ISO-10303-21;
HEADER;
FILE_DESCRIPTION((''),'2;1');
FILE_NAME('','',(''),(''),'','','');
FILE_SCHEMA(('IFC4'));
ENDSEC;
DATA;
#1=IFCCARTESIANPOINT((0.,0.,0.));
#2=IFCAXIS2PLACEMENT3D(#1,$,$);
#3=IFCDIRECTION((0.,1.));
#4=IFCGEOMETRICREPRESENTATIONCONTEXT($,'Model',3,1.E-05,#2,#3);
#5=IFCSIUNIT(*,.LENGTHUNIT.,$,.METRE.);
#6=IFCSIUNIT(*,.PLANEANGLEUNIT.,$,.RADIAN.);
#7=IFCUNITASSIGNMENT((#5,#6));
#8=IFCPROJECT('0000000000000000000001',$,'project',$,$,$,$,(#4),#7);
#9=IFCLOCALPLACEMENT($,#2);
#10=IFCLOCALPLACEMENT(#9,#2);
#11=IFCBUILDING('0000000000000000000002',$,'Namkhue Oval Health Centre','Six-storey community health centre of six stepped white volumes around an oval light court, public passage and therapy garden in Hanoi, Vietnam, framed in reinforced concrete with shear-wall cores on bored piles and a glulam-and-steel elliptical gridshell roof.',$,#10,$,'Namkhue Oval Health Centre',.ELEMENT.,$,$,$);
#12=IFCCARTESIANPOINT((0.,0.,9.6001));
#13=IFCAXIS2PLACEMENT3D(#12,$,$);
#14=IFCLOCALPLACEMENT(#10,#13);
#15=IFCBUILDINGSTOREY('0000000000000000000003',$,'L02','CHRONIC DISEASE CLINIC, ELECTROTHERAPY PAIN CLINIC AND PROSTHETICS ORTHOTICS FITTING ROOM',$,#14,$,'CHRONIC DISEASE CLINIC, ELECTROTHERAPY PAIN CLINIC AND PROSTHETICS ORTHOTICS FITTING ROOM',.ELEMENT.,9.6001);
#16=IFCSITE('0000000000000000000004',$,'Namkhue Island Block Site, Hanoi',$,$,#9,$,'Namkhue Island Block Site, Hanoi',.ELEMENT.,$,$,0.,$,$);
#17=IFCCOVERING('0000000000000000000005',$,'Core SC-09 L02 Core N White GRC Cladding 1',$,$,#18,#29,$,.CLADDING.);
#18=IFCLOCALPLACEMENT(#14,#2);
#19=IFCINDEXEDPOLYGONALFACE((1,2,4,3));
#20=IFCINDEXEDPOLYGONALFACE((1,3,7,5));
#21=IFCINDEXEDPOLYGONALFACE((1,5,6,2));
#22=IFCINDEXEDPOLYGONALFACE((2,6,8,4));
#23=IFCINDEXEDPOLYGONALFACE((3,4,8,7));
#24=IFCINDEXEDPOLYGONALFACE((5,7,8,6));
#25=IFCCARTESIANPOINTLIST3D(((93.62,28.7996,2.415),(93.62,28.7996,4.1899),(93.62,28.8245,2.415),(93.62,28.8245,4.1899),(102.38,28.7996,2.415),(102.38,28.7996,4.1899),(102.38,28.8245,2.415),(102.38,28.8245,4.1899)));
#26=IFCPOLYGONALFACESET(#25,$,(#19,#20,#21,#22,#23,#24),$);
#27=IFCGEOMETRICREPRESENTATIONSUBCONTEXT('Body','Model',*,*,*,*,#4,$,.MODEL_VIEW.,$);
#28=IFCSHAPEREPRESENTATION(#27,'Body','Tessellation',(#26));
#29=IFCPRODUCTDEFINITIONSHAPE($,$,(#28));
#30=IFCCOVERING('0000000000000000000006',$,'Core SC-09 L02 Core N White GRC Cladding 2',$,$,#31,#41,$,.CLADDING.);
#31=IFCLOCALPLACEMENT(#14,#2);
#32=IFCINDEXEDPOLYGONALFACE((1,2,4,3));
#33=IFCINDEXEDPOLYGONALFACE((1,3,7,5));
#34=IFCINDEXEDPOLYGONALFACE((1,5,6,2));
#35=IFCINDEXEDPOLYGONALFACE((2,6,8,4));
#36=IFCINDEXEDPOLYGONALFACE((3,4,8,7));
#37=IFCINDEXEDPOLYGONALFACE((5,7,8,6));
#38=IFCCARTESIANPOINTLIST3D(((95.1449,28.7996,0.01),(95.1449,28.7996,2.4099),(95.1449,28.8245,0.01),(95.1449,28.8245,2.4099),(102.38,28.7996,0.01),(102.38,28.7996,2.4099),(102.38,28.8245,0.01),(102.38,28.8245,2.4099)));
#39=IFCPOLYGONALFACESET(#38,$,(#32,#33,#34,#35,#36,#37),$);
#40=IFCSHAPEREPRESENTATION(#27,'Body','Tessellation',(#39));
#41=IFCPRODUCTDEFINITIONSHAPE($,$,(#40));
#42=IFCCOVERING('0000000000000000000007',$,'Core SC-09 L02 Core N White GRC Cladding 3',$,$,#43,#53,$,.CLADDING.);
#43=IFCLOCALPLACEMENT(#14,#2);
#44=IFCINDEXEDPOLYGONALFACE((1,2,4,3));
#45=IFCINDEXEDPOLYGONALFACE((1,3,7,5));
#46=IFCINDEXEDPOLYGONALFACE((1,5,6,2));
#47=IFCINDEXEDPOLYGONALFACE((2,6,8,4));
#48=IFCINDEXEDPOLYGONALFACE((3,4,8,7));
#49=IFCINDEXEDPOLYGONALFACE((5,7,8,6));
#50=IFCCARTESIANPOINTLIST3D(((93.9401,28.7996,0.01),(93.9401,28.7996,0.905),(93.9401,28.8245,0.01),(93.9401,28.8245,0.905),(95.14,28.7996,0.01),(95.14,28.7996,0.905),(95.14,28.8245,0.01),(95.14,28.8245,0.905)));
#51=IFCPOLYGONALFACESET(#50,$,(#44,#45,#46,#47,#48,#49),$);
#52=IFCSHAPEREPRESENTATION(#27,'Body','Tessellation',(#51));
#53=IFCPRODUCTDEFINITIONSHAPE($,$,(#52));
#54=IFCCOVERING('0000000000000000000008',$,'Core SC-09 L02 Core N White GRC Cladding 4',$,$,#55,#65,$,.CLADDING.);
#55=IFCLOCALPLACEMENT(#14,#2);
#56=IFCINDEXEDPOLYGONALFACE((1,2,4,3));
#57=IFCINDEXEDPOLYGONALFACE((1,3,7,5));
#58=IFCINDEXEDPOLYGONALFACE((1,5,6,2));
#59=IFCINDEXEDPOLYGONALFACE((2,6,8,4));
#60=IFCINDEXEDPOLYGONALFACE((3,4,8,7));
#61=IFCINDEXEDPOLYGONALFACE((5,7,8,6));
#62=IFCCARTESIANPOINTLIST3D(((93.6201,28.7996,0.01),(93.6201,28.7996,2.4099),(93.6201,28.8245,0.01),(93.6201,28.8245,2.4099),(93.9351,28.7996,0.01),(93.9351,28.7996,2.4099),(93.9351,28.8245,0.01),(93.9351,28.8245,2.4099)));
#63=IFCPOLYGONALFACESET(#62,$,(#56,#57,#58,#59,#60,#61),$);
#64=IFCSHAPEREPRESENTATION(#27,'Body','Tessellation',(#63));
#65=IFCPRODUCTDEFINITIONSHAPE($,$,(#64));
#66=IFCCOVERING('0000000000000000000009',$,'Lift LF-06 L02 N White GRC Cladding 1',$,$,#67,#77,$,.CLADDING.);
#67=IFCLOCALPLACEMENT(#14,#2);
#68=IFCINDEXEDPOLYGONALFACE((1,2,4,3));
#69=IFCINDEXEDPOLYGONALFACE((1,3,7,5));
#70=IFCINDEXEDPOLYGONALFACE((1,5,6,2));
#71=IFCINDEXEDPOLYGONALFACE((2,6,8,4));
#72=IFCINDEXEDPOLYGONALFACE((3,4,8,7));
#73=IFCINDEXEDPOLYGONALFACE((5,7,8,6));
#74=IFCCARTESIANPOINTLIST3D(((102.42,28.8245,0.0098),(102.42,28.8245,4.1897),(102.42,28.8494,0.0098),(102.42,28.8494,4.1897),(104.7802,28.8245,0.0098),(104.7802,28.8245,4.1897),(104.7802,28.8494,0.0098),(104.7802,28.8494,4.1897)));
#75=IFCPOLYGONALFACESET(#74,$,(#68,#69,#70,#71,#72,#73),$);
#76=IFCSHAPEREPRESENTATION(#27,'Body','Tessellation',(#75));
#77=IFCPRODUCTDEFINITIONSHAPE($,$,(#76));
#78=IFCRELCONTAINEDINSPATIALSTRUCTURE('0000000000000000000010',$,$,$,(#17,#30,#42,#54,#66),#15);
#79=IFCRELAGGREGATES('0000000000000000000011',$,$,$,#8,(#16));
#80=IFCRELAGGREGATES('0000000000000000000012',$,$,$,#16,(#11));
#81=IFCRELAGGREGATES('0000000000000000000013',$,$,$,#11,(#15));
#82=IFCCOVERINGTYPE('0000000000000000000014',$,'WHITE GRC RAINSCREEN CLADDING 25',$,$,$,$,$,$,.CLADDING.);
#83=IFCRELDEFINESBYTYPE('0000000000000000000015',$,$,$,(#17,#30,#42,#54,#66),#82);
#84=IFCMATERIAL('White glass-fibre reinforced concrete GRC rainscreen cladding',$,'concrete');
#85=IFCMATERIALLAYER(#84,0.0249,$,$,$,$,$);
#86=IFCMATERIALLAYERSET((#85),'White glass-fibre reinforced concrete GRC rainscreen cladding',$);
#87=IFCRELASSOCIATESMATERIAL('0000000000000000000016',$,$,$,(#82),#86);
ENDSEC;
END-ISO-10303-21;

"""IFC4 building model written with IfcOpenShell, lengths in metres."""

from ifc_helpers import new_model, si_unit, direction, frame, origin, origin_2d, place, context, subcontext, project, spatial, rectangle, extrude, material, layer, layer_set, type_object, element, save


model = new_model("IFC4")

# Units and contexts
model_context = context("Model", 3, precision=1e-05, world=origin(), true_north=direction((0.0, 1.0)))
body_context = subcontext(model_context, "Body", "Model", "MODEL_VIEW")
ifc_project = project(units=[si_unit("LENGTHUNIT", "METRE"), si_unit("PLANEANGLEUNIT", "RADIAN")], contexts=[model_context])

# Site, building, storey
site_placement = place(None, origin())
site = spatial("IfcSite", under=ifc_project, at=site_placement, Name="Namkhue Island Block Site, Hanoi", LongName="Namkhue Island Block Site, Hanoi", CompositionType="ELEMENT", RefElevation=0.0)
building_placement = place(site_placement, origin())
building = spatial("IfcBuilding", under=site, at=building_placement, Name="Namkhue Oval Health Centre", Description="Six-storey community health centre of six stepped white volumes around an oval light court, public passage and therapy garden in Hanoi, Vietnam, framed in reinforced concrete with shear-wall cores on bored piles and a glulam-and-steel elliptical gridshell roof.", LongName="Namkhue Oval Health Centre", CompositionType="ELEMENT")
storey_placement = place(building_placement, frame((0.0, 0.0, 9.6001)))
storey = spatial("IfcBuildingStorey", under=building, at=storey_placement, Name="L02", Description="CHRONIC DISEASE CLINIC, ELECTROTHERAPY PAIN CLINIC AND PROSTHETICS ORTHOTICS FITTING ROOM", LongName="CHRONIC DISEASE CLINIC, ELECTROTHERAPY PAIN CLINIC AND PROSTHETICS ORTHOTICS FITTING ROOM", CompositionType="ELEMENT", Elevation=9.6001)

# Coverings
ifc_material_1 = material(Name="White glass-fibre reinforced concrete GRC rainscreen cladding", Category="concrete")
ifc_layer_1 = layer(ifc_material_1, 0.0249)
ifc_layer_set_1 = layer_set([ifc_layer_1], Name="White glass-fibre reinforced concrete GRC rainscreen cladding")
covering_type = type_object("IfcCoveringType", Name="WHITE GRC RAINSCREEN CLADDING 25", PredefinedType="CLADDING", material=ifc_layer_set_1)
covering_1_placement = place(storey_placement, frame((98.0, 28.812, 2.415), z_axis=(0.0, 0.0, 1.0), x_axis=(-1.0, 0.0, 0.0)))
element("IfcCovering", 1, at=covering_1_placement, inside=storey, type_object=covering_type, Name="Core SC-09 L02 Core N White GRC Cladding 1", PredefinedType="CLADDING", context=body_context, shape_type="SweptSolid", body=[
    extrude(rectangle(XDim=8.76, YDim=0.0249, at=origin_2d()), origin(), (0.0, 0.0, 1.0), 1.7749),
])
covering_2_placement = place(storey_placement, frame((98.7625, 28.812, 0.01), z_axis=(0.0, 0.0, 1.0), x_axis=(-1.0, 0.0, 0.0)))
element("IfcCovering", 2, at=covering_2_placement, inside=storey, type_object=covering_type, Name="Core SC-09 L02 Core N White GRC Cladding 2", PredefinedType="CLADDING", context=body_context, shape_type="SweptSolid", body=[
    extrude(rectangle(XDim=7.2351, YDim=0.0249, at=origin_2d()), origin(), (0.0, 0.0, 1.0), 2.3999),
])
covering_3_placement = place(storey_placement, frame((94.54, 28.812, 0.01), z_axis=(0.0, 0.0, 1.0), x_axis=(-1.0, 0.0, 0.0)))
element("IfcCovering", 3, at=covering_3_placement, inside=storey, type_object=covering_type, Name="Core SC-09 L02 Core N White GRC Cladding 3", PredefinedType="CLADDING", context=body_context, shape_type="SweptSolid", body=[
    extrude(rectangle(XDim=1.2, YDim=0.0249, at=origin_2d()), origin(), (0.0, 0.0, 1.0), 0.895),
])
covering_4_placement = place(storey_placement, frame((93.7776, 28.812, 0.01), z_axis=(0.0, 0.0, 1.0), x_axis=(-1.0, 0.0, 0.0)))
element("IfcCovering", 4, at=covering_4_placement, inside=storey, type_object=covering_type, Name="Core SC-09 L02 Core N White GRC Cladding 4", PredefinedType="CLADDING", context=body_context, shape_type="SweptSolid", body=[
    extrude(rectangle(XDim=0.3149, YDim=0.0249, at=origin_2d()), origin(), (0.0, 0.0, 1.0), 2.3999),
])
covering_5_placement = place(storey_placement, frame((103.6001, 28.8369, 0.0098), z_axis=(0.0, 0.0, 1.0), x_axis=(-1.0, 0.0, 0.0)))
element("IfcCovering", 5, at=covering_5_placement, inside=storey, type_object=covering_type, Name="Lift LF-06 L02 N White GRC Cladding 1", PredefinedType="CLADDING", context=body_context, shape_type="SweptSolid", body=[
    extrude(rectangle(XDim=2.3601, YDim=0.0249, at=origin_2d()), origin(), (0.0, 0.0, 1.0), 4.1799),
])

save(model, "model.ifc")
